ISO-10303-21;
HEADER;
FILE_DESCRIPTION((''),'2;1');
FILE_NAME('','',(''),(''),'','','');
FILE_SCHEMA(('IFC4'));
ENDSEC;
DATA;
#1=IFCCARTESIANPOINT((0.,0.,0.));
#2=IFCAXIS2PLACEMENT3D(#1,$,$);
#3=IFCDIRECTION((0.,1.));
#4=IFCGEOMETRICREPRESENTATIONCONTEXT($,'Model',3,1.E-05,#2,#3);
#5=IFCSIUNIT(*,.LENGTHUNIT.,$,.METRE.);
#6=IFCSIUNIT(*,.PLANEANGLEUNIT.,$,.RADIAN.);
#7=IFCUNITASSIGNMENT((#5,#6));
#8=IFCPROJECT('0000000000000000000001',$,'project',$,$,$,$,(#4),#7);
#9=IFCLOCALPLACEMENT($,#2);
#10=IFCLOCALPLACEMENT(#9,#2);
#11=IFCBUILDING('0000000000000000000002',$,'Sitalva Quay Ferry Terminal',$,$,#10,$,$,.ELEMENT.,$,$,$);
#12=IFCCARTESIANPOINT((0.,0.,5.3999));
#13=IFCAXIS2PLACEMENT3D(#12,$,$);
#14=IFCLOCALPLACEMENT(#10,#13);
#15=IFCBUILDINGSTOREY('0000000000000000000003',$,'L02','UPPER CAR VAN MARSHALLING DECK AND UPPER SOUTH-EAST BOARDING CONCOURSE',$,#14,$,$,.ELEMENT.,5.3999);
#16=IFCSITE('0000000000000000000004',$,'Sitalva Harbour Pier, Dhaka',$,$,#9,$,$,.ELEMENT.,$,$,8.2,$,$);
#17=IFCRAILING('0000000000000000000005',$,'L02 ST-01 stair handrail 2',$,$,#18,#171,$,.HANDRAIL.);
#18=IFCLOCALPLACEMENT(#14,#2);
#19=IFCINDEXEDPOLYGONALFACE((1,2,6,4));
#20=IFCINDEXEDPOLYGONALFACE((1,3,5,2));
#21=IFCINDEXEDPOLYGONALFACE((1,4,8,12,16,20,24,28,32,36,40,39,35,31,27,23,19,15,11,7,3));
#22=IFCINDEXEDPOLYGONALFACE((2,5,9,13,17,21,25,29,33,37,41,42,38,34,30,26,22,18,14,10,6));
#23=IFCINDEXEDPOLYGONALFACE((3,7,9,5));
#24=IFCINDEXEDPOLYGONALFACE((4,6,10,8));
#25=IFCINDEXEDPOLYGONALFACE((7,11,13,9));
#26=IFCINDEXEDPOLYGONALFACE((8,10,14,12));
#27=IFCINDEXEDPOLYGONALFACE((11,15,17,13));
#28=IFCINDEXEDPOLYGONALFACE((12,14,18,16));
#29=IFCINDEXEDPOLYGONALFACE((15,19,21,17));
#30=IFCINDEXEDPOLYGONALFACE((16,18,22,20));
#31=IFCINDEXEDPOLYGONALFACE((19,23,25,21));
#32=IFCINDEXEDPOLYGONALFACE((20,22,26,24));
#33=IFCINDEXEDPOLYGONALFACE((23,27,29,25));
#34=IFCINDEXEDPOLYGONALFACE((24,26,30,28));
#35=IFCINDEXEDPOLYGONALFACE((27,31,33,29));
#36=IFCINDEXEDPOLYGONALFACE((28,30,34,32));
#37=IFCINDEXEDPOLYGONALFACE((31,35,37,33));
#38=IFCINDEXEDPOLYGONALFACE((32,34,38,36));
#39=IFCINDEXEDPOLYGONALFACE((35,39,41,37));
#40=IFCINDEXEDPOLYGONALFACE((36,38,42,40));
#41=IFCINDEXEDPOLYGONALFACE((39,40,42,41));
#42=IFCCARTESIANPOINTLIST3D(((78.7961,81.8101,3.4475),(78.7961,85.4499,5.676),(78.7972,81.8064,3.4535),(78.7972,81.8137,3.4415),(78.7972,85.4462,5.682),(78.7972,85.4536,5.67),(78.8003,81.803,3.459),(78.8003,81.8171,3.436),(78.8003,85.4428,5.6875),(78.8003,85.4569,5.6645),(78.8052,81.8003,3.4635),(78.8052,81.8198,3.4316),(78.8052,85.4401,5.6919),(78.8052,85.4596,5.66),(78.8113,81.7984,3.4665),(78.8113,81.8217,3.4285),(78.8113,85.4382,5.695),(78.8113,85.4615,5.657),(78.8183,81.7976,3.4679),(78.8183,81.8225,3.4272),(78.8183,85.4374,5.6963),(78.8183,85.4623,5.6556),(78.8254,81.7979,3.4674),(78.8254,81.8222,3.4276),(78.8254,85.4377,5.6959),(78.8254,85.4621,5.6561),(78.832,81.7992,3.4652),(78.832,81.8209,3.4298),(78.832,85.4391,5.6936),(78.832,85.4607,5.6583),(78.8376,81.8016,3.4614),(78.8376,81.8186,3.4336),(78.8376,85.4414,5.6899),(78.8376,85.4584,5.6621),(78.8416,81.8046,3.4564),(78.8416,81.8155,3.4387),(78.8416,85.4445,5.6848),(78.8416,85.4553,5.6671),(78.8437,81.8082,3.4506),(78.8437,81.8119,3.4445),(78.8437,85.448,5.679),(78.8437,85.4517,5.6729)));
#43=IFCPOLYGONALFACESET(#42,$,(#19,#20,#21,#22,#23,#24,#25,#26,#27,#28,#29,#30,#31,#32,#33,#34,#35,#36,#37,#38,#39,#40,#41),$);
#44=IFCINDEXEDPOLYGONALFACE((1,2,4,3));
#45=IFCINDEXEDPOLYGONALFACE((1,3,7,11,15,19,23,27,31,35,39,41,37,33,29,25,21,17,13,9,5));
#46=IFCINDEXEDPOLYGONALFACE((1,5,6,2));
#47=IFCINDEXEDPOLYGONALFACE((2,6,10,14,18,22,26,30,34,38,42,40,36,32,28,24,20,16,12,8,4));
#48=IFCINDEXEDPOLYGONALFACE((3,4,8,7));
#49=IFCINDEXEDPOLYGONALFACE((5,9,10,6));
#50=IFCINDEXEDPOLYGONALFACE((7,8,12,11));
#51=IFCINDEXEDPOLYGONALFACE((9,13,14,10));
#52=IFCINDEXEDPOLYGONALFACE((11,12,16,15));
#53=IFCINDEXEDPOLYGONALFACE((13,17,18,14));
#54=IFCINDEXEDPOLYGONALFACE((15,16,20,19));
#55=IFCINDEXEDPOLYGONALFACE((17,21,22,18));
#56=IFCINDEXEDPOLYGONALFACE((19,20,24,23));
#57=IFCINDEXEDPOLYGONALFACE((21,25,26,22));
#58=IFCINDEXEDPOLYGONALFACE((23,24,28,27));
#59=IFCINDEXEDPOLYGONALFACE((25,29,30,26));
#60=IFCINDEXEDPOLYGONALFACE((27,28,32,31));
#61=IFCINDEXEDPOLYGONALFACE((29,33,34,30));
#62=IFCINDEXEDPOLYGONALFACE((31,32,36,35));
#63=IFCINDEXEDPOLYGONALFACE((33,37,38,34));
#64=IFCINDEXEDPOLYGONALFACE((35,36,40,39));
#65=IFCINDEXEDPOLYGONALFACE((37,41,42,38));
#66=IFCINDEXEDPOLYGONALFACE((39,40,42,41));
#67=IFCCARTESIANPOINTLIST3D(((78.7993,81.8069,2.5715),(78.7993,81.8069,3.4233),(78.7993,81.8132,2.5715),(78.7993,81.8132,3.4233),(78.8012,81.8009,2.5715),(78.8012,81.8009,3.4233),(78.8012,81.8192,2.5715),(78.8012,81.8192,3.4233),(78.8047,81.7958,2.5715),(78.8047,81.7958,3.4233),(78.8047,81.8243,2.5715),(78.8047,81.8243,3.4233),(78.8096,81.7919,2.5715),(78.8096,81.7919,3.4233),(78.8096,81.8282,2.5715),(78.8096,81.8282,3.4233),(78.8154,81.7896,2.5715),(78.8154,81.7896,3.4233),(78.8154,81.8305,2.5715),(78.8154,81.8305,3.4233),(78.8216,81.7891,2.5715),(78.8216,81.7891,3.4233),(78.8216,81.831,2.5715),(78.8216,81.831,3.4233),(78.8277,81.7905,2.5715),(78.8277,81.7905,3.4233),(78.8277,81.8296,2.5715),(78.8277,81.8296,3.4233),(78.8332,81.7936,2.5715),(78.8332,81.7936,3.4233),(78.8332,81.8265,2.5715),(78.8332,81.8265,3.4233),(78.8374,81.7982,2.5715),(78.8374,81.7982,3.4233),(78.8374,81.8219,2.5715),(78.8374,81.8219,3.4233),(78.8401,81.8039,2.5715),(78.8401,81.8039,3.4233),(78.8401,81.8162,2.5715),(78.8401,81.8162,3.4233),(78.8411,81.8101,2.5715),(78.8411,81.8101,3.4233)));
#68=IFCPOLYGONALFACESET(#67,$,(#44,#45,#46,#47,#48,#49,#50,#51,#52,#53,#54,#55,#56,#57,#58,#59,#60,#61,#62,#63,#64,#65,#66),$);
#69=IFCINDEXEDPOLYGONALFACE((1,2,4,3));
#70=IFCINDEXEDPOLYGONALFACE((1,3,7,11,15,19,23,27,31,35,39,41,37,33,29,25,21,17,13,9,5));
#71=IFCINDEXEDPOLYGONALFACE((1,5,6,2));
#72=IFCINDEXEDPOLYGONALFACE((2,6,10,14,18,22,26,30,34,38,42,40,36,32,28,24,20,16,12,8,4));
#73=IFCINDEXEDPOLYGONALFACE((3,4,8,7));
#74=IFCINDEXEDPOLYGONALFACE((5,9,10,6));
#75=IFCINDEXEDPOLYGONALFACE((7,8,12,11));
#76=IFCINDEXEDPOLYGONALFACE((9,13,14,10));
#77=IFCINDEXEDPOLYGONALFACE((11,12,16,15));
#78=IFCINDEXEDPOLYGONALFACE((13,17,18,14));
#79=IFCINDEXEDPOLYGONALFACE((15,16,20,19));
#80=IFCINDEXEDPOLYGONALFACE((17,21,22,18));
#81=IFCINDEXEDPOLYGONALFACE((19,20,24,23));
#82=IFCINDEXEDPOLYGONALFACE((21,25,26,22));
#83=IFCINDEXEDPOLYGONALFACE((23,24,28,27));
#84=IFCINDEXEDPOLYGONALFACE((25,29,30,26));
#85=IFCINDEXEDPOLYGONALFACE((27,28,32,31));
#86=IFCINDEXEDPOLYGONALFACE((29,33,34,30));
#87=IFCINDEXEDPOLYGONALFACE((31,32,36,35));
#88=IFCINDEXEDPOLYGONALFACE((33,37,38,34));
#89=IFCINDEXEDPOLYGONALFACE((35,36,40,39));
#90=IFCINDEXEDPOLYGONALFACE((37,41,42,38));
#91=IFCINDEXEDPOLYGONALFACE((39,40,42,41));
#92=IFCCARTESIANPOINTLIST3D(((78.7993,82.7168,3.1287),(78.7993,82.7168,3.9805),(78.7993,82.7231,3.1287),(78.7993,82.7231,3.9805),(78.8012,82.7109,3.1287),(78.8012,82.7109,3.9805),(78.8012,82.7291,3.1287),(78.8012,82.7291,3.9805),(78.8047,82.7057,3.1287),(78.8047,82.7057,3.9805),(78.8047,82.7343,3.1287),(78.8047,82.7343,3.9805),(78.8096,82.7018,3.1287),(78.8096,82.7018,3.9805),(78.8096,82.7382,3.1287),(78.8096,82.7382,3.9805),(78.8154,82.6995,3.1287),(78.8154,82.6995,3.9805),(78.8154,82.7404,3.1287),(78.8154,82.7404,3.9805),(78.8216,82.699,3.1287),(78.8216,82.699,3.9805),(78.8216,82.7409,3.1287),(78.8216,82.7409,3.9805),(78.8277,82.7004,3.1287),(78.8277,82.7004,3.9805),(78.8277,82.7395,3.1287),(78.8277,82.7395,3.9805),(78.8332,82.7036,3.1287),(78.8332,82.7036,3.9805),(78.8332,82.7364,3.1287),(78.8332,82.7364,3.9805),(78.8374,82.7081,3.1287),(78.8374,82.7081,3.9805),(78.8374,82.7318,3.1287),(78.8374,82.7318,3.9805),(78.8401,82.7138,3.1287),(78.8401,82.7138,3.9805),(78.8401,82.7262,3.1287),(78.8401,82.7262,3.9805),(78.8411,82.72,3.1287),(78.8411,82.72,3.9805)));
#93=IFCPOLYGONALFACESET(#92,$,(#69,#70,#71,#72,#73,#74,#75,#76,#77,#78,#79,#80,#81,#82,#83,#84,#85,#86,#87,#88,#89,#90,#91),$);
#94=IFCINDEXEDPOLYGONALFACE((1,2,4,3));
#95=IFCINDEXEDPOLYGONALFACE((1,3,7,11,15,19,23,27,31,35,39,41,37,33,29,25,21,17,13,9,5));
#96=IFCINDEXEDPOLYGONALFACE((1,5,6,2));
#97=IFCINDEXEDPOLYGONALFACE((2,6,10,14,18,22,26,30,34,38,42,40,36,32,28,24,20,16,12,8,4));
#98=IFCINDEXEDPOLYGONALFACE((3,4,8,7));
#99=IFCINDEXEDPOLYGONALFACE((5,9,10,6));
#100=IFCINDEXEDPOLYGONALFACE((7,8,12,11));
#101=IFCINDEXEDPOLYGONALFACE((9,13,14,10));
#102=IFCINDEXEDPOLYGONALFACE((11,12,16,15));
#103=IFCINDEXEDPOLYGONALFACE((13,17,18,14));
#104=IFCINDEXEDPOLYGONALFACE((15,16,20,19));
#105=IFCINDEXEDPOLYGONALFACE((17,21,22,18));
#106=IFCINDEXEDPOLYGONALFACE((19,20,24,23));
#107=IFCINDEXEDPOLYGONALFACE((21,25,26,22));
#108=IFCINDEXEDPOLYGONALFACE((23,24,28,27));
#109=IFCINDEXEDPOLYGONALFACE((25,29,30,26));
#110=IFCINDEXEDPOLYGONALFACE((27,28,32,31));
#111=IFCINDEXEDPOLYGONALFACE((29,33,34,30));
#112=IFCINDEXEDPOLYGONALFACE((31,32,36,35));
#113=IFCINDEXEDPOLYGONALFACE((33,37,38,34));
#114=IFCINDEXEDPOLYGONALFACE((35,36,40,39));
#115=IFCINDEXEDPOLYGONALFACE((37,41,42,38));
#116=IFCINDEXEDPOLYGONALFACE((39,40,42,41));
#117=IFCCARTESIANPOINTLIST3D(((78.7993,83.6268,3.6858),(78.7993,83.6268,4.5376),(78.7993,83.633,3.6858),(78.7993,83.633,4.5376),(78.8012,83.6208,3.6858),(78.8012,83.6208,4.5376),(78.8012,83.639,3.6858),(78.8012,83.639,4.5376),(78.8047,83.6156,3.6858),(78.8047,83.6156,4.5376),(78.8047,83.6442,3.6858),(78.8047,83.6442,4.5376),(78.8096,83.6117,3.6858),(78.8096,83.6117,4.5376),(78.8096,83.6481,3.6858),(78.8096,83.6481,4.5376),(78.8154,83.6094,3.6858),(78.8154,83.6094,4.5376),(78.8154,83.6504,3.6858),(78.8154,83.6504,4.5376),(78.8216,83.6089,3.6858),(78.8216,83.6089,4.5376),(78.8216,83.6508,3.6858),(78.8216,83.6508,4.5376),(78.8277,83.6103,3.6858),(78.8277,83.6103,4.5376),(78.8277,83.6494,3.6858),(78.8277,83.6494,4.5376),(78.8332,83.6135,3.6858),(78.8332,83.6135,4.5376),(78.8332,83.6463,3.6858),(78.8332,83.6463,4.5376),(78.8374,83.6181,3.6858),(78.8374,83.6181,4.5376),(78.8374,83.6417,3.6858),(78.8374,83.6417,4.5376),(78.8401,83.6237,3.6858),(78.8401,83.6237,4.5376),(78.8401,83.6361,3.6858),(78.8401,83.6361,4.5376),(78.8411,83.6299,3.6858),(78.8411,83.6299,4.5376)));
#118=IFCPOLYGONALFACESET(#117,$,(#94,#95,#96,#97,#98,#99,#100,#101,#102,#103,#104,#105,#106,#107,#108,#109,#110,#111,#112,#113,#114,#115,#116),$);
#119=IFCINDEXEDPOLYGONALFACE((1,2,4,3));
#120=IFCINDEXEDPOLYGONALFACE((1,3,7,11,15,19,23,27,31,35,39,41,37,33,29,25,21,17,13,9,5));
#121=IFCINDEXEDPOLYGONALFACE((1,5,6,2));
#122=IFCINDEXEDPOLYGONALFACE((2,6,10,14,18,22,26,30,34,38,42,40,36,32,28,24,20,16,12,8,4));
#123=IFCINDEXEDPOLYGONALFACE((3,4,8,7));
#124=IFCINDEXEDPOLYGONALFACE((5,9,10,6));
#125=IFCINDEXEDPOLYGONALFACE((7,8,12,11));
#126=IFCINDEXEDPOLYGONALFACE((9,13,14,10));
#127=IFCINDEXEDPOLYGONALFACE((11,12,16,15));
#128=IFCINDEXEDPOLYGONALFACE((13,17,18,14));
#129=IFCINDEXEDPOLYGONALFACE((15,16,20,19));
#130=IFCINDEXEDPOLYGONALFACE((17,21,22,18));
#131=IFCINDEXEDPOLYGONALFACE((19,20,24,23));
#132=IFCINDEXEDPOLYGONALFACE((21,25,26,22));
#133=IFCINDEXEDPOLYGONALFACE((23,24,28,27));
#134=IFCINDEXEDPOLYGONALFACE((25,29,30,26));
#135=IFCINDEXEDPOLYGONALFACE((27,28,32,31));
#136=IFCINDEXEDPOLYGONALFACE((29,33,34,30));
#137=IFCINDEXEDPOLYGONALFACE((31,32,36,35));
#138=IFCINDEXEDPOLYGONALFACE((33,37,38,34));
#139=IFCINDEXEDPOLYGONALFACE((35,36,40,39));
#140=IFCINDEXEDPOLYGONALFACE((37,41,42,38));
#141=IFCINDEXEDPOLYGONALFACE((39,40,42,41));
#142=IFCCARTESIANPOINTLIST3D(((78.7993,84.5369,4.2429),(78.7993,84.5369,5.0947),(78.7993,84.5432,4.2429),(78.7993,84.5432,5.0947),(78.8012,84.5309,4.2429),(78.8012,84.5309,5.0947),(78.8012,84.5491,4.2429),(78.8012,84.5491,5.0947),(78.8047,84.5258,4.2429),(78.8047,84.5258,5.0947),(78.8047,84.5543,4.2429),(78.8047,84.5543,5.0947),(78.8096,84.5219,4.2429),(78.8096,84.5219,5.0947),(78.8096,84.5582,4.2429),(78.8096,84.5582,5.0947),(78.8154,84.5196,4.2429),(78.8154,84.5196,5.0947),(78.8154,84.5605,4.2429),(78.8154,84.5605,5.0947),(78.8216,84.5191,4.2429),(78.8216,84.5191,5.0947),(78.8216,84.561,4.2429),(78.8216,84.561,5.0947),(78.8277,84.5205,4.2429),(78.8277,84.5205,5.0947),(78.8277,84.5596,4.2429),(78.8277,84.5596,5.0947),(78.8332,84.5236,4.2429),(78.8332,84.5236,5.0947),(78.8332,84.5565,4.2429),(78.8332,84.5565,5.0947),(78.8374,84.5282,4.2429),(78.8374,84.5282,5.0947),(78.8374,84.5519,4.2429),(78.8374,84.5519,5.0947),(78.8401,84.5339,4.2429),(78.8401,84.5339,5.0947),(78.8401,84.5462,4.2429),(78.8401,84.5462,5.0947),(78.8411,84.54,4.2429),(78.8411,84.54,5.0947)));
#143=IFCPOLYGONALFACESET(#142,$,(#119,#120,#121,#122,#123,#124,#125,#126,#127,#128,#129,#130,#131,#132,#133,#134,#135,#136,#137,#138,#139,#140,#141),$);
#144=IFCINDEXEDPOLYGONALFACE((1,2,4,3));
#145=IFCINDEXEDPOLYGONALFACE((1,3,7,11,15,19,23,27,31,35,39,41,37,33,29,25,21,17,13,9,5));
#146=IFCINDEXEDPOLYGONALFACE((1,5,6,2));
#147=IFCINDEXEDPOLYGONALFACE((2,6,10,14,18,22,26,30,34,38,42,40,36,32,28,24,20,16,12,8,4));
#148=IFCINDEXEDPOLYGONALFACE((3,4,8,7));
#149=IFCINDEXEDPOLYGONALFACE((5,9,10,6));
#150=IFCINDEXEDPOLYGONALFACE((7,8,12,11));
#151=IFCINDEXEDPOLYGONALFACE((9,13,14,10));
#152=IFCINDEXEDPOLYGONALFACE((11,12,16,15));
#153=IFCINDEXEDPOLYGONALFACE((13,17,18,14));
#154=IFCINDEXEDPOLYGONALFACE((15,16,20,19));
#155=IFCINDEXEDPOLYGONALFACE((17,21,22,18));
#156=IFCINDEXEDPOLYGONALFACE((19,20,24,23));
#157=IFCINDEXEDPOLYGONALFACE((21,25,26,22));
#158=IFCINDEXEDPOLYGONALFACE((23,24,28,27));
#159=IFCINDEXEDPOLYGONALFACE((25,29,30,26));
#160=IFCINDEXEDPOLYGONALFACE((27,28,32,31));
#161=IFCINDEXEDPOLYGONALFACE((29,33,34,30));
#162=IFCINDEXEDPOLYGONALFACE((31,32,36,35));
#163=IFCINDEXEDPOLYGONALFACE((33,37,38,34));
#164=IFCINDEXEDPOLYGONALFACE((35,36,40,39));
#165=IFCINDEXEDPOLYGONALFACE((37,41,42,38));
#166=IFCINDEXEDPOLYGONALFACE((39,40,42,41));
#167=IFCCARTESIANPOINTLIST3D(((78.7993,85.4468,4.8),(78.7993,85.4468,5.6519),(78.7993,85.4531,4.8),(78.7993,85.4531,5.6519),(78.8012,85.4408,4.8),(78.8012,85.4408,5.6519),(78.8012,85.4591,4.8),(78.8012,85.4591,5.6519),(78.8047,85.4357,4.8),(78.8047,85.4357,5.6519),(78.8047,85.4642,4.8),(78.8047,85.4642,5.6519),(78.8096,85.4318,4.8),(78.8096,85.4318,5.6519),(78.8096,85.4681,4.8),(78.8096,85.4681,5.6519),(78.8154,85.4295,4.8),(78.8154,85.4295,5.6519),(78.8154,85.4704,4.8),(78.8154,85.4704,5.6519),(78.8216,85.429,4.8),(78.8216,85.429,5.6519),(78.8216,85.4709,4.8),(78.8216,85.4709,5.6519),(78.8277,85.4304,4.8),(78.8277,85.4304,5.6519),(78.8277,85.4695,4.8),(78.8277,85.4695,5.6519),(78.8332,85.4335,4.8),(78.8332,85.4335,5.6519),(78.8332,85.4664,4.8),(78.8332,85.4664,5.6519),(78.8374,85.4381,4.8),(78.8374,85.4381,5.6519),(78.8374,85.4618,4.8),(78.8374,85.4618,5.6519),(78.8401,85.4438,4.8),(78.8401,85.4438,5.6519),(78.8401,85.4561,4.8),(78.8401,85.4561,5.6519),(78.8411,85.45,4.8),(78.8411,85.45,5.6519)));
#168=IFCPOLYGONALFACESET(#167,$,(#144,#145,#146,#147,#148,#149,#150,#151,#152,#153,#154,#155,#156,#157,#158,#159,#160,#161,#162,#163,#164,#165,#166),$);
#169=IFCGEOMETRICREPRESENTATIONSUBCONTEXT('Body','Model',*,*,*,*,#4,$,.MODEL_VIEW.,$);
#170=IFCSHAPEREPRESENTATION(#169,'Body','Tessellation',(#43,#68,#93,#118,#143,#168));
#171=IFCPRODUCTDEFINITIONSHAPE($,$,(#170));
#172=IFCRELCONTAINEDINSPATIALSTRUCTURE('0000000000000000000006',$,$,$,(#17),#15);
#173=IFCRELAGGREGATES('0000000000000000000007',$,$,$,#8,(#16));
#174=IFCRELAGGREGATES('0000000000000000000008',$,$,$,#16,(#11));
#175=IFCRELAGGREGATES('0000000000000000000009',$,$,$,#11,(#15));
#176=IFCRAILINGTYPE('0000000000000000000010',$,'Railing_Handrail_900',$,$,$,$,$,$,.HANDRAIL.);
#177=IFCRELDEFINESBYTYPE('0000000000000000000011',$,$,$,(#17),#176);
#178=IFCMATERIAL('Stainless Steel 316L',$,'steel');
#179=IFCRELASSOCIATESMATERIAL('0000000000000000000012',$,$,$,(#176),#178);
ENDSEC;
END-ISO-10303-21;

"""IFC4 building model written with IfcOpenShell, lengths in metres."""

from ifc_helpers import new_model, si_unit, direction, frame, origin, origin_2d, place, context, subcontext, project, spatial, circle, extrude, material, type_object, element, save


model = new_model("IFC4")

# Units and contexts
model_context = context("Model", 3, precision=1e-05, world=origin(), true_north=direction((0.0, 1.0)))
body_context = subcontext(model_context, "Body", "Model", "MODEL_VIEW")
ifc_project = project(units=[si_unit("LENGTHUNIT", "METRE"), si_unit("PLANEANGLEUNIT", "RADIAN")], contexts=[model_context])

# Site, building, storey
site_placement = place(None, origin())
site = spatial("IfcSite", under=ifc_project, at=site_placement, Name="Sitalva Harbour Pier, Dhaka", CompositionType="ELEMENT", RefElevation=8.2)
building_placement = place(site_placement, origin())
building = spatial("IfcBuilding", under=site, at=building_placement, Name="Sitalva Quay Ferry Terminal", CompositionType="ELEMENT")
storey_placement = place(building_placement, frame((0.0, 0.0, 5.3999)))
storey = spatial("IfcBuildingStorey", under=building, at=storey_placement, Name="L02", Description="UPPER CAR VAN MARSHALLING DECK AND UPPER SOUTH-EAST BOARDING CONCOURSE", CompositionType="ELEMENT", Elevation=5.3999)

# Railing
ifc_material_1 = material(Name="Stainless Steel 316L", Category="steel")
railing_type_1 = type_object("IfcRailingType", Name="Railing_Handrail_900", PredefinedType="HANDRAIL", material=ifc_material_1)
railing_1_placement = place(storey_placement, frame((78.8201, 81.8101, 2.5715)))
element("IfcRailing", 1, at=railing_1_placement, inside=storey, type_object=railing_type_1, Name="L02 ST-01 stair handrail 2", PredefinedType="HANDRAIL", context=body_context, shape_type="SweptSolid", body=[
    extrude(circle(Radius=0.0239, at=origin_2d()), frame((0.0, 0.0, 0.876), z_axis=(0.0, 0.85285, 0.522156), x_axis=(-1.0, 0.0, 0.0)), (0.0, 0.0, 1.0), 4.2678),
    extrude(circle(Radius=0.021, at=origin_2d()), origin(), (0.0, 0.0, 1.0), 0.8518),
    extrude(circle(Radius=0.021, at=origin_2d()), frame((0.0, 0.9099, 0.5571)), (0.0, 0.0, 1.0), 0.8518),
    extrude(circle(Radius=0.021, at=origin_2d()), frame((0.0, 1.8198, 1.1143)), (0.0, 0.0, 1.0), 0.8518),
    extrude(circle(Radius=0.021, at=origin_2d()), frame((0.0, 2.73, 1.6714)), (0.0, 0.0, 1.0), 0.8518),
    extrude(circle(Radius=0.021, at=origin_2d()), frame((0.0, 3.6399, 2.2285)), (0.0, 0.0, 1.0), 0.8518),
])

save(model, "model.ifc")
